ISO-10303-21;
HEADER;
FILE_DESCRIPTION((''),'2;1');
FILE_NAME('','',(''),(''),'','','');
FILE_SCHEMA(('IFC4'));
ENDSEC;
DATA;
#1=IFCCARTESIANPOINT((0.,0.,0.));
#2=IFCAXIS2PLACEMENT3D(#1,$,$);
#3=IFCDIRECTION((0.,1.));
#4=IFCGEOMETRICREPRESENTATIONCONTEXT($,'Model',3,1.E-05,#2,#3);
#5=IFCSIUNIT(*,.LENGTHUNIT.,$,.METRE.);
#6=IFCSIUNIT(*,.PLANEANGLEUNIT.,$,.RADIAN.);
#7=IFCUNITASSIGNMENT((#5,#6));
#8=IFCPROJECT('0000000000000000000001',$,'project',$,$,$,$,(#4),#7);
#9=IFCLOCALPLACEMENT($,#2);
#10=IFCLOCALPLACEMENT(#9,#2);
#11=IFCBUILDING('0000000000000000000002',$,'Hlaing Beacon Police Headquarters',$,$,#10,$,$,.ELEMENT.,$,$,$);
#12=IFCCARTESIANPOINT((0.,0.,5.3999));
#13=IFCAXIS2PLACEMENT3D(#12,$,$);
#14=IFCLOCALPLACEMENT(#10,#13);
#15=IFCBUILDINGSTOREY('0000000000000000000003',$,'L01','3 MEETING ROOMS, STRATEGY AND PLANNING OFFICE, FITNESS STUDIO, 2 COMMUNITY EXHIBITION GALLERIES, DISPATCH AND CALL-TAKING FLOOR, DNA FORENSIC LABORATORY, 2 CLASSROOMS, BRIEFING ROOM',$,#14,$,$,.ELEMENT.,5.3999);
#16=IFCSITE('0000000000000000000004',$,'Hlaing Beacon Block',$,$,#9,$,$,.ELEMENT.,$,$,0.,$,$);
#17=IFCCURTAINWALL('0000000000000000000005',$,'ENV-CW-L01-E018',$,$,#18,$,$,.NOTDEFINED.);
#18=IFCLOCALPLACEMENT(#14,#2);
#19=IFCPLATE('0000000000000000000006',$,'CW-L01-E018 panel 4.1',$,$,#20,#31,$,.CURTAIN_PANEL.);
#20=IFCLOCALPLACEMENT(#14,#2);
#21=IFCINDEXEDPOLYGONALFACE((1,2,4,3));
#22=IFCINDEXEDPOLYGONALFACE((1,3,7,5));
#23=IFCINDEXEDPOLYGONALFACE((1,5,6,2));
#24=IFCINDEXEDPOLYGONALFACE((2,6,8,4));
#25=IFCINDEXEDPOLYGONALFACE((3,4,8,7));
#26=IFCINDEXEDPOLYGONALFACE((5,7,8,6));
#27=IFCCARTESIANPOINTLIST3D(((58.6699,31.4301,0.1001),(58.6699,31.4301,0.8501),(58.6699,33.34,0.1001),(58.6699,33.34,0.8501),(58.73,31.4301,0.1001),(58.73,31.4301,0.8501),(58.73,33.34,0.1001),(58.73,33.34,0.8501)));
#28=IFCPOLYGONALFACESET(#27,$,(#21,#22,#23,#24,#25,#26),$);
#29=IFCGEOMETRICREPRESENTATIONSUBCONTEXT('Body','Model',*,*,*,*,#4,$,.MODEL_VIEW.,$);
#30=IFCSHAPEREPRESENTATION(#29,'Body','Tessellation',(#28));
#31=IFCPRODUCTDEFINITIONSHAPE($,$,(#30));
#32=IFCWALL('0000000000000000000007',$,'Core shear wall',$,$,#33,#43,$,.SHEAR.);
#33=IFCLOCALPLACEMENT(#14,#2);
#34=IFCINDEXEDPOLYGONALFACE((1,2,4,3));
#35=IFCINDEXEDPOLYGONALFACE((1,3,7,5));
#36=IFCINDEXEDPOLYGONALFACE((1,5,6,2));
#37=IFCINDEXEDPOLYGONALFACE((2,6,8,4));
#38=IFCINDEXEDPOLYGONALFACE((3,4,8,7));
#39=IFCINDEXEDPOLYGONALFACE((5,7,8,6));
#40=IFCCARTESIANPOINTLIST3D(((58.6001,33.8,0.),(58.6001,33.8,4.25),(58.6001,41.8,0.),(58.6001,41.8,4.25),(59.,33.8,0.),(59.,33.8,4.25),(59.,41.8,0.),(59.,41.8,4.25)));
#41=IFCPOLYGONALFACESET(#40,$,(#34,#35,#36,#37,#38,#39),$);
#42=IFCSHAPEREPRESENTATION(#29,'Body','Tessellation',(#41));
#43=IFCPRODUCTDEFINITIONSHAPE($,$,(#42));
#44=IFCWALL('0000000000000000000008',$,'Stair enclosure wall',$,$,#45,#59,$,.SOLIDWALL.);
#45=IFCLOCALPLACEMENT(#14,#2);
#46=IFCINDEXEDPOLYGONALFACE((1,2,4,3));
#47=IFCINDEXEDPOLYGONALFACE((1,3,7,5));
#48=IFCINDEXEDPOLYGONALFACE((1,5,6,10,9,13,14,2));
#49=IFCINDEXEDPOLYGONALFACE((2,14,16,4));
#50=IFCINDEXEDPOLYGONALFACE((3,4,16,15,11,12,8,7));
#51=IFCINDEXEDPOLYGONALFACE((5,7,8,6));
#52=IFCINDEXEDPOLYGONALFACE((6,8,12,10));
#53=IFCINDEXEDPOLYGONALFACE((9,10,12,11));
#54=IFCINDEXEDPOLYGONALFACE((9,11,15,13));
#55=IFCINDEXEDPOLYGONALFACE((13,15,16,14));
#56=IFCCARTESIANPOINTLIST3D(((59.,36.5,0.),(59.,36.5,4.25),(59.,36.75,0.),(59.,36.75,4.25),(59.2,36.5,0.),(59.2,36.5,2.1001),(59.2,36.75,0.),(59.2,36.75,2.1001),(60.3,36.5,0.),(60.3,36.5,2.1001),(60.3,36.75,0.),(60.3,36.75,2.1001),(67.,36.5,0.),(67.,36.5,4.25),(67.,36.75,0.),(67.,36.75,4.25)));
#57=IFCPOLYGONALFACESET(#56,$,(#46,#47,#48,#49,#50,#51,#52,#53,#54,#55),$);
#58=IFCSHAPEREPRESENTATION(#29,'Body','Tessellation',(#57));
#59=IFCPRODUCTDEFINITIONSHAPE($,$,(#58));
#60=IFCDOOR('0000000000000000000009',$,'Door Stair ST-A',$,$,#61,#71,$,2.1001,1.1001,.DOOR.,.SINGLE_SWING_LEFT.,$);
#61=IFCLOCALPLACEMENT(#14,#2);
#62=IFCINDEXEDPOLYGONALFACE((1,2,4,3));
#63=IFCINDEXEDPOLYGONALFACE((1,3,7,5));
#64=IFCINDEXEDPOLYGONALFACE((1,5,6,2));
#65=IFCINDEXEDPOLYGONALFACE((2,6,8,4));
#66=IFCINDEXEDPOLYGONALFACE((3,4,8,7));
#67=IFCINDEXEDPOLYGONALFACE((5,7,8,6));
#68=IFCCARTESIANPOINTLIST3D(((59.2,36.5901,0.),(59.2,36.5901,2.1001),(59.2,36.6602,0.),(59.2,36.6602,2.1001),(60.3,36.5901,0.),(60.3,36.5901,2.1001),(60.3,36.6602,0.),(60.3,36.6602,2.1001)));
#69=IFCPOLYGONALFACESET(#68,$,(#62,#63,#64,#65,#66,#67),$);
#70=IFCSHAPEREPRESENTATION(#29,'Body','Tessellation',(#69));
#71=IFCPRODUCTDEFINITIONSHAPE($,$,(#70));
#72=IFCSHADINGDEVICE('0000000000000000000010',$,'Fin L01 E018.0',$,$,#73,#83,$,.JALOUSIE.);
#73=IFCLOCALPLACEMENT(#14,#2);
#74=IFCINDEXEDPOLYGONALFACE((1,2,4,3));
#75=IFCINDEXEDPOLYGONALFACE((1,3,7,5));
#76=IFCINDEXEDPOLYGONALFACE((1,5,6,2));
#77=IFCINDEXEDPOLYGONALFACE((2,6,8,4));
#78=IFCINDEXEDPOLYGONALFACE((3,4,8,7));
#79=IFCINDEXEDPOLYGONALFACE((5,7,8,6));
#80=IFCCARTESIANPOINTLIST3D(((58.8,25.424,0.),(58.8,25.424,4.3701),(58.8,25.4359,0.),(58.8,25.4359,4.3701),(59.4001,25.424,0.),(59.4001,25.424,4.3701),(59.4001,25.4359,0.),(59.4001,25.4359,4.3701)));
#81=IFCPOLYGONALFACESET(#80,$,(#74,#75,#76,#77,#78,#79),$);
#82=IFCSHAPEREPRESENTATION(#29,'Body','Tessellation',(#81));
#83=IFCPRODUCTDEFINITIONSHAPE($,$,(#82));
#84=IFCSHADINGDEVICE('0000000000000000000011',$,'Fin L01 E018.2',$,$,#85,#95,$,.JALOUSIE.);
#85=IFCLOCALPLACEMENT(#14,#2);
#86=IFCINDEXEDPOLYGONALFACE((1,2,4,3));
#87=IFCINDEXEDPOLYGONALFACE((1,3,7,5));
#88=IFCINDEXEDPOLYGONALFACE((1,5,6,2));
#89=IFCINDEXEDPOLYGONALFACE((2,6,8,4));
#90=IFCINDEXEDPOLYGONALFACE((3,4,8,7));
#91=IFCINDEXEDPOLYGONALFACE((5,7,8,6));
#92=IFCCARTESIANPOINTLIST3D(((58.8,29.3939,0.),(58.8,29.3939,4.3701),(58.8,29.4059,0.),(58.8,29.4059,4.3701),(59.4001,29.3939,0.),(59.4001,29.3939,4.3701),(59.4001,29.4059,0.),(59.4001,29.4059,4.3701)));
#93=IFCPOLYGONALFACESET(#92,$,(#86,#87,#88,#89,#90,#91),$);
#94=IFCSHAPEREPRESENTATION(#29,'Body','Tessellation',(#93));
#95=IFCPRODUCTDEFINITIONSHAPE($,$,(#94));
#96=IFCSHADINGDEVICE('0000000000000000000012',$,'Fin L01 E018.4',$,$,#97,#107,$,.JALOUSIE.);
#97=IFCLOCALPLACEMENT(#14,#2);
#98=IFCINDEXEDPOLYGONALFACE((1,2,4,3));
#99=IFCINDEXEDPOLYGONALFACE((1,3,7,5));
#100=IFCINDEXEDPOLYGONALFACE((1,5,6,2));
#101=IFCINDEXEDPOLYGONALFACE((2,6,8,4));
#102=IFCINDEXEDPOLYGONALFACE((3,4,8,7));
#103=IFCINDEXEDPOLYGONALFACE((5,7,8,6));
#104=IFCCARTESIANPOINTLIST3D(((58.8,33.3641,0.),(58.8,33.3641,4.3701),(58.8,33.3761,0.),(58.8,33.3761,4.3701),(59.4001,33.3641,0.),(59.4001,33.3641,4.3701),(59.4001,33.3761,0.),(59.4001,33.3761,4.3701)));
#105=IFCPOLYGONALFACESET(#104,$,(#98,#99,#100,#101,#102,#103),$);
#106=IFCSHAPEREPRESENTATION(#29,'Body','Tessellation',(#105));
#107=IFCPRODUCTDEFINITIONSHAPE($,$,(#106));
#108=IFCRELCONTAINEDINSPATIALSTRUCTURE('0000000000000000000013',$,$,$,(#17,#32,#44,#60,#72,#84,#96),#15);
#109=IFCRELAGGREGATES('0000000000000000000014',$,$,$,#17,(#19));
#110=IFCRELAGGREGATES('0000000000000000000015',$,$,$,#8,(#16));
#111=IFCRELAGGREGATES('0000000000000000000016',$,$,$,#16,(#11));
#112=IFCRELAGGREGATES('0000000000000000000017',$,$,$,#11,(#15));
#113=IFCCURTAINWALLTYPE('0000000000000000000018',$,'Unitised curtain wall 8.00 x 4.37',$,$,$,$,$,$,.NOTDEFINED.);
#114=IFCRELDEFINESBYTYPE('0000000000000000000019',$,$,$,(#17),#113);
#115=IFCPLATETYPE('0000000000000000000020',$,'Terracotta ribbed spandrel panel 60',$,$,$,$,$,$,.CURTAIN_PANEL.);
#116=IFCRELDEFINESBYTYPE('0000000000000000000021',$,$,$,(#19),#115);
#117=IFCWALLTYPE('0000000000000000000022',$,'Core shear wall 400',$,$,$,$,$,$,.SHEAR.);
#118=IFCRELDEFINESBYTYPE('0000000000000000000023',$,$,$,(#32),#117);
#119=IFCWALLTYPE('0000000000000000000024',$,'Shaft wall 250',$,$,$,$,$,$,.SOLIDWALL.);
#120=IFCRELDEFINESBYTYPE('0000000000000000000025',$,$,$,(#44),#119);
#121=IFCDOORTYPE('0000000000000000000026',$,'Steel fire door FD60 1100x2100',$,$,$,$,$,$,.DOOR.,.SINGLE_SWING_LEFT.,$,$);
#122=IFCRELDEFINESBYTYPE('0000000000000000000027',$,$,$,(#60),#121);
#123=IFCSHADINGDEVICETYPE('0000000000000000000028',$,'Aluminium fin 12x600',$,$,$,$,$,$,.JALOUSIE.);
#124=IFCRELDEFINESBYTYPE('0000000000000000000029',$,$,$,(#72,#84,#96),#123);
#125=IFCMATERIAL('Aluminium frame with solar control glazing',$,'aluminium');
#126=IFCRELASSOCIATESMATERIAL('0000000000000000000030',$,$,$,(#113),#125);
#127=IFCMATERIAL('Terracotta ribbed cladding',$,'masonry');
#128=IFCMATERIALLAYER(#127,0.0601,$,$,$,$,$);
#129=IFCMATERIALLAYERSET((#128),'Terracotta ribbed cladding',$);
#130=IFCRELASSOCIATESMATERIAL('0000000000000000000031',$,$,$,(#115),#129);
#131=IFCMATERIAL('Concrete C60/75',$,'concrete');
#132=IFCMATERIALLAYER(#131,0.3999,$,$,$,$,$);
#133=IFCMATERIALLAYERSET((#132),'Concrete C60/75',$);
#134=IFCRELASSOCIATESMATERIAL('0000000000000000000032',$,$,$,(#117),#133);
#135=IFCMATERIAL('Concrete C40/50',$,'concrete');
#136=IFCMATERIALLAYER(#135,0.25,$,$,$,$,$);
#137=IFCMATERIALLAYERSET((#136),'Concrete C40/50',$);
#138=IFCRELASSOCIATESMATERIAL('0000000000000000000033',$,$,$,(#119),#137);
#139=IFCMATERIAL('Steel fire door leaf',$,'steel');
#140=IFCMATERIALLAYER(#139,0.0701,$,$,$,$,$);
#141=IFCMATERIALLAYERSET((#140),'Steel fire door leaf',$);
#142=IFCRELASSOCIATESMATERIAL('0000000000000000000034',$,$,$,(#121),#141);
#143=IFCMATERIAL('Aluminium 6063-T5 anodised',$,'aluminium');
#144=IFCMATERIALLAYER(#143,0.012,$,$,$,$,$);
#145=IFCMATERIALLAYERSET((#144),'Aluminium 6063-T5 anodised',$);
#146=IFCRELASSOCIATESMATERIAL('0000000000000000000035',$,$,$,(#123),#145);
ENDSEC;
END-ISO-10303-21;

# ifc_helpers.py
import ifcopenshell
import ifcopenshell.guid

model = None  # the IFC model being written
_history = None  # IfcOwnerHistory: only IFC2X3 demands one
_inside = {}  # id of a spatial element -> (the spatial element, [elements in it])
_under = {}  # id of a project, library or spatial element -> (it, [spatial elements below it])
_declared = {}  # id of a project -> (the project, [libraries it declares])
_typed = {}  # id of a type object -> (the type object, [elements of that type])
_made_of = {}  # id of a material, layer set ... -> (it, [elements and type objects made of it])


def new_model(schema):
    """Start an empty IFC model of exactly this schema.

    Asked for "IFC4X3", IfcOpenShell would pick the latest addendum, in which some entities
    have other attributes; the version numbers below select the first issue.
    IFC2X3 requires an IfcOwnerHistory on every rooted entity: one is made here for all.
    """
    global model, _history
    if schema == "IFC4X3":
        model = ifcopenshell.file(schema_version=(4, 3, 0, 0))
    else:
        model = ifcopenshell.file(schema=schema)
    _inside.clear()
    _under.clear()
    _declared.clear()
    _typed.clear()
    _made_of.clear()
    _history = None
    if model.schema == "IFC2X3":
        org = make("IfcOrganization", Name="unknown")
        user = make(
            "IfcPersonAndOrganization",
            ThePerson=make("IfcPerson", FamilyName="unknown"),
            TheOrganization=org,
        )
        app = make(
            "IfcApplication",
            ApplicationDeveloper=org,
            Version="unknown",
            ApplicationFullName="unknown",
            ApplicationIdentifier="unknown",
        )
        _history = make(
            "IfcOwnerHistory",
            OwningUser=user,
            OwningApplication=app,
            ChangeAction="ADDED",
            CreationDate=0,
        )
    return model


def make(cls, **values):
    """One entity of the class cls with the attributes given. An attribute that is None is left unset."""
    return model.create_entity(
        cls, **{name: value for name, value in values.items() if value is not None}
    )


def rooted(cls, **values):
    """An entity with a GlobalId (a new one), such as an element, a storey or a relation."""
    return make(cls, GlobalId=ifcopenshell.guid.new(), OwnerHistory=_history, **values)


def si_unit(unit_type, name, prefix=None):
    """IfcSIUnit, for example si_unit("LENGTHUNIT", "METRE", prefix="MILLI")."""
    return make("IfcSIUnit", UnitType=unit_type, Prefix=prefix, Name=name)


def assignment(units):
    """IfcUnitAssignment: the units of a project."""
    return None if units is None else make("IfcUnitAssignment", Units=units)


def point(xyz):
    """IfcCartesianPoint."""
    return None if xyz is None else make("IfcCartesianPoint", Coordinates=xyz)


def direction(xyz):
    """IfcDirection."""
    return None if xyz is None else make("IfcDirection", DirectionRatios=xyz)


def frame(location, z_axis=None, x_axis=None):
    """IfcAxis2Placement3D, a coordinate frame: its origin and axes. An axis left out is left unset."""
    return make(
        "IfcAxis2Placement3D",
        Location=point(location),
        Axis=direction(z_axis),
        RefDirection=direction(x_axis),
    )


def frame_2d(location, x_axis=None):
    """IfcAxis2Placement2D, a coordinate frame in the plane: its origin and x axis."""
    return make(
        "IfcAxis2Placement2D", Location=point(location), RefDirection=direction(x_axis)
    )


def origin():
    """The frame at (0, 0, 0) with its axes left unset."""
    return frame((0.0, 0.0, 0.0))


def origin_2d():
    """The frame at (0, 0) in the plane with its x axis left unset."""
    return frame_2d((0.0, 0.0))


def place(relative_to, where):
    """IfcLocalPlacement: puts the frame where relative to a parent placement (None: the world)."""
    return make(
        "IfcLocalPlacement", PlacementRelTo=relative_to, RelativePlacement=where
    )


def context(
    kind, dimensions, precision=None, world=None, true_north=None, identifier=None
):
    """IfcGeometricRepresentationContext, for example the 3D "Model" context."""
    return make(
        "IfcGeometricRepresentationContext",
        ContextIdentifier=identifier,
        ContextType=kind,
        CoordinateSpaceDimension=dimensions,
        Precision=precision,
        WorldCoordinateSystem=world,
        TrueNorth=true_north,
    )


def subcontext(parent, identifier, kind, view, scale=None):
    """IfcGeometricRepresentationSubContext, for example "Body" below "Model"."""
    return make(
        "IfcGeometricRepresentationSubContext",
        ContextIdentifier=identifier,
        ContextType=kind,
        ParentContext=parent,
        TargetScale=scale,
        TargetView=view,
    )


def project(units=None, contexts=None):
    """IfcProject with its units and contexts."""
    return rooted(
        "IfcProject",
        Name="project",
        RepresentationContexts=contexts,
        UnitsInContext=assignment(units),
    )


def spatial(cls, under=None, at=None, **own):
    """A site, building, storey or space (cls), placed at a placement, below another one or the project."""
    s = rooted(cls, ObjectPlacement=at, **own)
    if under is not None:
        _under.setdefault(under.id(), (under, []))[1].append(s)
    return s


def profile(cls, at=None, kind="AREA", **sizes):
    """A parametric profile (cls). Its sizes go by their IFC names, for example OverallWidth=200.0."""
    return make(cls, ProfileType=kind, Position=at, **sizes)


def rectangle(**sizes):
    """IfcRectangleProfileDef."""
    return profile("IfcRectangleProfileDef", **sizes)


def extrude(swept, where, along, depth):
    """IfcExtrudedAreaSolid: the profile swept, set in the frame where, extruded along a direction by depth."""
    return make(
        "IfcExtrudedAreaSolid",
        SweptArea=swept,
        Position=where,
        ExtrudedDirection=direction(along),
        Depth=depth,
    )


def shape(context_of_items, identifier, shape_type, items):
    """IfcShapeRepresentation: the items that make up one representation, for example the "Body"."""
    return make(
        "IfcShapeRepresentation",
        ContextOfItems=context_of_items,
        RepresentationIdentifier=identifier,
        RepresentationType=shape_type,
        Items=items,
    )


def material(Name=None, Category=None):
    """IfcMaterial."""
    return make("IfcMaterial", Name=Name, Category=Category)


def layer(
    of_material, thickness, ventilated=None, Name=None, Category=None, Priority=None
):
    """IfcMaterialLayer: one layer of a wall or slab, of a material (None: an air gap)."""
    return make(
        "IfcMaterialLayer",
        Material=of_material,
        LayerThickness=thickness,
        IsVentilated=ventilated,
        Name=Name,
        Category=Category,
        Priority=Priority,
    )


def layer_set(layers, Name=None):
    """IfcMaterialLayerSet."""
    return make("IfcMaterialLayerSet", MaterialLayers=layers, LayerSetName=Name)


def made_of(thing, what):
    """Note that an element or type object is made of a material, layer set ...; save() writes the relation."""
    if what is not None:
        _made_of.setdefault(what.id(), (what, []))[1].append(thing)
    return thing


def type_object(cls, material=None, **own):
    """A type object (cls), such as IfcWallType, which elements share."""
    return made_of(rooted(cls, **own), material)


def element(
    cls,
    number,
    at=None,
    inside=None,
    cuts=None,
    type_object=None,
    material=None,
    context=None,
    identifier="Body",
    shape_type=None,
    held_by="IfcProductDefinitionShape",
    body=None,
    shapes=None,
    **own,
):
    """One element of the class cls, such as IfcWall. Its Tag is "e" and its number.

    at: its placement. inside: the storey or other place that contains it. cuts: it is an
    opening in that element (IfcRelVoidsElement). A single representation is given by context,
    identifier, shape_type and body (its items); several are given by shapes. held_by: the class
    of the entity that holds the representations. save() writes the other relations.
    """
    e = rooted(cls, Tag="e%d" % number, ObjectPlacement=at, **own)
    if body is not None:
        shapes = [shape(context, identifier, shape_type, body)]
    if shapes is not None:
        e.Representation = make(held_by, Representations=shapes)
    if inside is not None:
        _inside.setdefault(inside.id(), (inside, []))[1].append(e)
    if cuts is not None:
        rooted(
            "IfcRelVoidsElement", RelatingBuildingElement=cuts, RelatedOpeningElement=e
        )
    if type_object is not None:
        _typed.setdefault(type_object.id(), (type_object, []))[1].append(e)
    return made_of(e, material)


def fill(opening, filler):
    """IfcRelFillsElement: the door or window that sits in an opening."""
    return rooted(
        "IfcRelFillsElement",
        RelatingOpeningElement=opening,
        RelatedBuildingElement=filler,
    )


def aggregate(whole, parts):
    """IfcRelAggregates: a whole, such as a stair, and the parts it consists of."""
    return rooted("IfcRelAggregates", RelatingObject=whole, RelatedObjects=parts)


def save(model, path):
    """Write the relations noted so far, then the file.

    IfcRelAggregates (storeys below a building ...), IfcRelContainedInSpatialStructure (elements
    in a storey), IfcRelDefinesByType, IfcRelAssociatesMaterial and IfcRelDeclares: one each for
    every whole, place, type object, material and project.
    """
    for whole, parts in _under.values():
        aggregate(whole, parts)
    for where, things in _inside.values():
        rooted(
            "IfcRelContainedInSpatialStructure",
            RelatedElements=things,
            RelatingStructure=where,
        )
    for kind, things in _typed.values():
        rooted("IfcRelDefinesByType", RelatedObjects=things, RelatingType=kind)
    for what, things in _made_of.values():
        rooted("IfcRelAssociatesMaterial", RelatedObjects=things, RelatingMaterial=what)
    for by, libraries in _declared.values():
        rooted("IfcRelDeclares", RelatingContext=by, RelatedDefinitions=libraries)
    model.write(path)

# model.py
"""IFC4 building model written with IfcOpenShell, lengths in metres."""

from ifc_helpers import new_model, si_unit, direction, frame, frame_2d, origin, origin_2d, place, context, subcontext, project, spatial, rectangle, extrude, material, layer, layer_set, type_object, element, fill, aggregate, save


model = new_model("IFC4")

# Units and contexts
model_context = context("Model", 3, precision=1e-05, world=origin(), true_north=direction((0.0, 1.0)))
body_context = subcontext(model_context, "Body", "Model", "MODEL_VIEW")
ifc_project = project(units=[si_unit("LENGTHUNIT", "METRE"), si_unit("PLANEANGLEUNIT", "RADIAN")], contexts=[model_context])

# Site, building, storey
site_placement = place(None, origin())
site = spatial("IfcSite", under=ifc_project, at=site_placement, Name="Hlaing Beacon Block", CompositionType="ELEMENT", RefElevation=0.0)
building_placement = place(site_placement, origin())
building = spatial("IfcBuilding", under=site, at=building_placement, Name="Hlaing Beacon Police Headquarters", CompositionType="ELEMENT")
storey_placement = place(building_placement, frame((0.0, 0.0, 5.3999)))
storey = spatial("IfcBuildingStorey", under=building, at=storey_placement, Name="L01", Description="3 MEETING ROOMS, STRATEGY AND PLANNING OFFICE, FITNESS STUDIO, 2 COMMUNITY EXHIBITION GALLERIES, DISPATCH AND CALL-TAKING FLOOR, DNA FORENSIC LABORATORY, 2 CLASSROOMS, BRIEFING ROOM", CompositionType="ELEMENT", Elevation=5.3999)

# Curtain wall, plate
ifc_material_1 = material(Name="Aluminium frame with solar control glazing", Category="aluminium")
curtain_wall_type = type_object("IfcCurtainWallType", Name="Unitised curtain wall 8.00 x 4.37", PredefinedType="NOTDEFINED", material=ifc_material_1)
curtain_wall_placement = place(storey_placement, origin())
curtain_wall = element("IfcCurtainWall", 1, at=curtain_wall_placement, inside=storey, type_object=curtain_wall_type, Name="ENV-CW-L01-E018", PredefinedType="NOTDEFINED")
ifc_material_2 = material(Name="Terracotta ribbed cladding", Category="masonry")
ifc_layer_1 = layer(ifc_material_2, 0.0601)
ifc_layer_set_1 = layer_set([ifc_layer_1], Name="Terracotta ribbed cladding")
plate_type_1 = type_object("IfcPlateType", Name="Terracotta ribbed spandrel panel 60", PredefinedType="CURTAIN_PANEL", material=ifc_layer_set_1)
plate_1_placement = place(storey_placement, frame((58.7, 32.385, 0.1001), z_axis=(0.0, 0.0, 1.0), x_axis=(0.0, 1.0, 0.0)))
plate_1 = element("IfcPlate", 2, at=plate_1_placement, type_object=plate_type_1, Name="CW-L01-E018 panel 4.1", PredefinedType="CURTAIN_PANEL", context=body_context, shape_type="SweptSolid", body=[
    extrude(rectangle(XDim=1.9099, YDim=0.0601, at=origin_2d()), origin(), (0.0, 0.0, 1.0), 0.75),
])
aggregate(curtain_wall, [plate_1])

# Wall
ifc_material_3 = material(Name="Concrete C60/75", Category="concrete")
ifc_layer_2 = layer(ifc_material_3, 0.3999)
ifc_layer_set_2 = layer_set([ifc_layer_2], Name="Concrete C60/75")
wall_type_1 = type_object("IfcWallType", Name="Core shear wall 400", PredefinedType="SHEAR", material=ifc_layer_set_2)
wall_1_placement = place(storey_placement, frame((58.8, 33.8, 0.0), z_axis=(0.0, 0.0, 1.0), x_axis=(0.0, 1.0, 0.0)))
element("IfcWall", 3, at=wall_1_placement, inside=storey, type_object=wall_type_1, Name="Core shear wall", PredefinedType="SHEAR", context=body_context, shape_type="SweptSolid", body=[
    extrude(rectangle(XDim=8.0, YDim=0.3999, at=frame_2d((4.0, 0.0))), origin(), (0.0, 0.0, 1.0), 4.25),
])

# Wall, opening, door
ifc_material_4 = material(Name="Concrete C40/50", Category="concrete")
ifc_layer_3 = layer(ifc_material_4, 0.25)
ifc_layer_set_3 = layer_set([ifc_layer_3], Name="Concrete C40/50")
wall_type_2 = type_object("IfcWallType", Name="Shaft wall 250", PredefinedType="SOLIDWALL", material=ifc_layer_set_3)
wall_2_placement = place(storey_placement, frame((59.0, 36.625, 0.0), z_axis=(0.0, 0.0, 1.0), x_axis=(1.0, 0.0, 0.0)))
wall_2 = element("IfcWall", 4, at=wall_2_placement, inside=storey, type_object=wall_type_2, Name="Stair enclosure wall", PredefinedType="SOLIDWALL", context=body_context, shape_type="SweptSolid", body=[
    extrude(rectangle(XDim=8.0, YDim=0.25, at=frame_2d((4.0, 0.0))), origin(), (0.0, 0.0, 1.0), 4.25),
])
opening_placement = place(wall_2_placement, frame((0.2, 0.0, 0.0)))
opening = element("IfcOpeningElement", 5, at=opening_placement, cuts=wall_2, PredefinedType="OPENING", context=body_context, shape_type="SweptSolid", body=[
    extrude(rectangle(XDim=1.1001, YDim=2.1001, at=frame_2d((0.55, 1.05))), frame((0.0, 0.135, 0.0), z_axis=(0.0, -1.0, 0.0), x_axis=(1.0, 0.0, 0.0)), (0.0, 0.0, 1.0), 0.27),
])
ifc_material_5 = material(Name="Steel fire door leaf", Category="steel")
ifc_layer_4 = layer(ifc_material_5, 0.0701)
ifc_layer_set_4 = layer_set([ifc_layer_4], Name="Steel fire door leaf")
door_type = type_object("IfcDoorType", Name="Steel fire door FD60 1100x2100", OperationType="SINGLE_SWING_LEFT", PredefinedType="DOOR", material=ifc_layer_set_4)
door_placement = place(opening_placement, frame((1.1001, 0.0, 0.0), z_axis=(0.0, 0.0, 1.0), x_axis=(-1.0, 0.0, 0.0)))
door = element("IfcDoor", 6, at=door_placement, inside=storey, type_object=door_type, Name="Door Stair ST-A", OperationType="SINGLE_SWING_LEFT", OverallHeight=2.1001, OverallWidth=1.1001, PredefinedType="DOOR", context=body_context, shape_type="SweptSolid", body=[
    extrude(rectangle(XDim=1.1001, YDim=2.1001, at=frame_2d((0.55, 1.05))), frame((0.0, 0.0349, 0.0), z_axis=(0.0, -1.0, 0.0), x_axis=(1.0, 0.0, 0.0)), (0.0, 0.0, 1.0), 0.0701),
])
fill(opening, door)

# Shading devices
ifc_material_6 = material(Name="Aluminium 6063-T5 anodised", Category="aluminium")
ifc_layer_5 = layer(ifc_material_6, 0.012)
ifc_layer_set_5 = layer_set([ifc_layer_5], Name="Aluminium 6063-T5 anodised")
shading_device_type = type_object("IfcShadingDeviceType", Name="Aluminium fin 12x600", PredefinedType="JALOUSIE", material=ifc_layer_set_5)
for number, where, z_axis, x_axis, name in (
    (7, (59.1001, 25.4299, 0.0), (0.0, 0.0, 1.0), (0.0, 1.0, 0.0), "Fin L01 E018.0"),
    (8, (59.1001, 29.3999, 0.0), (0.0, 0.0, 1.0), (0.0, 1.0, 0.0), "Fin L01 E018.2"),
    (9, (59.1001, 33.3701, 0.0), (0.0, 0.0, 1.0), (0.0, 1.0, 0.0), "Fin L01 E018.4"),
):
    element("IfcShadingDevice", number, at=place(storey_placement, frame(where, z_axis=z_axis, x_axis=x_axis)), inside=storey, type_object=shading_device_type, Name=name, PredefinedType="JALOUSIE", context=body_context, shape_type="SweptSolid", body=[
        extrude(rectangle(XDim=0.012, YDim=0.6001, at=origin_2d()), origin(), (0.0, 0.0, 1.0), 4.3701),
    ])

save(model, "model.ifc")
